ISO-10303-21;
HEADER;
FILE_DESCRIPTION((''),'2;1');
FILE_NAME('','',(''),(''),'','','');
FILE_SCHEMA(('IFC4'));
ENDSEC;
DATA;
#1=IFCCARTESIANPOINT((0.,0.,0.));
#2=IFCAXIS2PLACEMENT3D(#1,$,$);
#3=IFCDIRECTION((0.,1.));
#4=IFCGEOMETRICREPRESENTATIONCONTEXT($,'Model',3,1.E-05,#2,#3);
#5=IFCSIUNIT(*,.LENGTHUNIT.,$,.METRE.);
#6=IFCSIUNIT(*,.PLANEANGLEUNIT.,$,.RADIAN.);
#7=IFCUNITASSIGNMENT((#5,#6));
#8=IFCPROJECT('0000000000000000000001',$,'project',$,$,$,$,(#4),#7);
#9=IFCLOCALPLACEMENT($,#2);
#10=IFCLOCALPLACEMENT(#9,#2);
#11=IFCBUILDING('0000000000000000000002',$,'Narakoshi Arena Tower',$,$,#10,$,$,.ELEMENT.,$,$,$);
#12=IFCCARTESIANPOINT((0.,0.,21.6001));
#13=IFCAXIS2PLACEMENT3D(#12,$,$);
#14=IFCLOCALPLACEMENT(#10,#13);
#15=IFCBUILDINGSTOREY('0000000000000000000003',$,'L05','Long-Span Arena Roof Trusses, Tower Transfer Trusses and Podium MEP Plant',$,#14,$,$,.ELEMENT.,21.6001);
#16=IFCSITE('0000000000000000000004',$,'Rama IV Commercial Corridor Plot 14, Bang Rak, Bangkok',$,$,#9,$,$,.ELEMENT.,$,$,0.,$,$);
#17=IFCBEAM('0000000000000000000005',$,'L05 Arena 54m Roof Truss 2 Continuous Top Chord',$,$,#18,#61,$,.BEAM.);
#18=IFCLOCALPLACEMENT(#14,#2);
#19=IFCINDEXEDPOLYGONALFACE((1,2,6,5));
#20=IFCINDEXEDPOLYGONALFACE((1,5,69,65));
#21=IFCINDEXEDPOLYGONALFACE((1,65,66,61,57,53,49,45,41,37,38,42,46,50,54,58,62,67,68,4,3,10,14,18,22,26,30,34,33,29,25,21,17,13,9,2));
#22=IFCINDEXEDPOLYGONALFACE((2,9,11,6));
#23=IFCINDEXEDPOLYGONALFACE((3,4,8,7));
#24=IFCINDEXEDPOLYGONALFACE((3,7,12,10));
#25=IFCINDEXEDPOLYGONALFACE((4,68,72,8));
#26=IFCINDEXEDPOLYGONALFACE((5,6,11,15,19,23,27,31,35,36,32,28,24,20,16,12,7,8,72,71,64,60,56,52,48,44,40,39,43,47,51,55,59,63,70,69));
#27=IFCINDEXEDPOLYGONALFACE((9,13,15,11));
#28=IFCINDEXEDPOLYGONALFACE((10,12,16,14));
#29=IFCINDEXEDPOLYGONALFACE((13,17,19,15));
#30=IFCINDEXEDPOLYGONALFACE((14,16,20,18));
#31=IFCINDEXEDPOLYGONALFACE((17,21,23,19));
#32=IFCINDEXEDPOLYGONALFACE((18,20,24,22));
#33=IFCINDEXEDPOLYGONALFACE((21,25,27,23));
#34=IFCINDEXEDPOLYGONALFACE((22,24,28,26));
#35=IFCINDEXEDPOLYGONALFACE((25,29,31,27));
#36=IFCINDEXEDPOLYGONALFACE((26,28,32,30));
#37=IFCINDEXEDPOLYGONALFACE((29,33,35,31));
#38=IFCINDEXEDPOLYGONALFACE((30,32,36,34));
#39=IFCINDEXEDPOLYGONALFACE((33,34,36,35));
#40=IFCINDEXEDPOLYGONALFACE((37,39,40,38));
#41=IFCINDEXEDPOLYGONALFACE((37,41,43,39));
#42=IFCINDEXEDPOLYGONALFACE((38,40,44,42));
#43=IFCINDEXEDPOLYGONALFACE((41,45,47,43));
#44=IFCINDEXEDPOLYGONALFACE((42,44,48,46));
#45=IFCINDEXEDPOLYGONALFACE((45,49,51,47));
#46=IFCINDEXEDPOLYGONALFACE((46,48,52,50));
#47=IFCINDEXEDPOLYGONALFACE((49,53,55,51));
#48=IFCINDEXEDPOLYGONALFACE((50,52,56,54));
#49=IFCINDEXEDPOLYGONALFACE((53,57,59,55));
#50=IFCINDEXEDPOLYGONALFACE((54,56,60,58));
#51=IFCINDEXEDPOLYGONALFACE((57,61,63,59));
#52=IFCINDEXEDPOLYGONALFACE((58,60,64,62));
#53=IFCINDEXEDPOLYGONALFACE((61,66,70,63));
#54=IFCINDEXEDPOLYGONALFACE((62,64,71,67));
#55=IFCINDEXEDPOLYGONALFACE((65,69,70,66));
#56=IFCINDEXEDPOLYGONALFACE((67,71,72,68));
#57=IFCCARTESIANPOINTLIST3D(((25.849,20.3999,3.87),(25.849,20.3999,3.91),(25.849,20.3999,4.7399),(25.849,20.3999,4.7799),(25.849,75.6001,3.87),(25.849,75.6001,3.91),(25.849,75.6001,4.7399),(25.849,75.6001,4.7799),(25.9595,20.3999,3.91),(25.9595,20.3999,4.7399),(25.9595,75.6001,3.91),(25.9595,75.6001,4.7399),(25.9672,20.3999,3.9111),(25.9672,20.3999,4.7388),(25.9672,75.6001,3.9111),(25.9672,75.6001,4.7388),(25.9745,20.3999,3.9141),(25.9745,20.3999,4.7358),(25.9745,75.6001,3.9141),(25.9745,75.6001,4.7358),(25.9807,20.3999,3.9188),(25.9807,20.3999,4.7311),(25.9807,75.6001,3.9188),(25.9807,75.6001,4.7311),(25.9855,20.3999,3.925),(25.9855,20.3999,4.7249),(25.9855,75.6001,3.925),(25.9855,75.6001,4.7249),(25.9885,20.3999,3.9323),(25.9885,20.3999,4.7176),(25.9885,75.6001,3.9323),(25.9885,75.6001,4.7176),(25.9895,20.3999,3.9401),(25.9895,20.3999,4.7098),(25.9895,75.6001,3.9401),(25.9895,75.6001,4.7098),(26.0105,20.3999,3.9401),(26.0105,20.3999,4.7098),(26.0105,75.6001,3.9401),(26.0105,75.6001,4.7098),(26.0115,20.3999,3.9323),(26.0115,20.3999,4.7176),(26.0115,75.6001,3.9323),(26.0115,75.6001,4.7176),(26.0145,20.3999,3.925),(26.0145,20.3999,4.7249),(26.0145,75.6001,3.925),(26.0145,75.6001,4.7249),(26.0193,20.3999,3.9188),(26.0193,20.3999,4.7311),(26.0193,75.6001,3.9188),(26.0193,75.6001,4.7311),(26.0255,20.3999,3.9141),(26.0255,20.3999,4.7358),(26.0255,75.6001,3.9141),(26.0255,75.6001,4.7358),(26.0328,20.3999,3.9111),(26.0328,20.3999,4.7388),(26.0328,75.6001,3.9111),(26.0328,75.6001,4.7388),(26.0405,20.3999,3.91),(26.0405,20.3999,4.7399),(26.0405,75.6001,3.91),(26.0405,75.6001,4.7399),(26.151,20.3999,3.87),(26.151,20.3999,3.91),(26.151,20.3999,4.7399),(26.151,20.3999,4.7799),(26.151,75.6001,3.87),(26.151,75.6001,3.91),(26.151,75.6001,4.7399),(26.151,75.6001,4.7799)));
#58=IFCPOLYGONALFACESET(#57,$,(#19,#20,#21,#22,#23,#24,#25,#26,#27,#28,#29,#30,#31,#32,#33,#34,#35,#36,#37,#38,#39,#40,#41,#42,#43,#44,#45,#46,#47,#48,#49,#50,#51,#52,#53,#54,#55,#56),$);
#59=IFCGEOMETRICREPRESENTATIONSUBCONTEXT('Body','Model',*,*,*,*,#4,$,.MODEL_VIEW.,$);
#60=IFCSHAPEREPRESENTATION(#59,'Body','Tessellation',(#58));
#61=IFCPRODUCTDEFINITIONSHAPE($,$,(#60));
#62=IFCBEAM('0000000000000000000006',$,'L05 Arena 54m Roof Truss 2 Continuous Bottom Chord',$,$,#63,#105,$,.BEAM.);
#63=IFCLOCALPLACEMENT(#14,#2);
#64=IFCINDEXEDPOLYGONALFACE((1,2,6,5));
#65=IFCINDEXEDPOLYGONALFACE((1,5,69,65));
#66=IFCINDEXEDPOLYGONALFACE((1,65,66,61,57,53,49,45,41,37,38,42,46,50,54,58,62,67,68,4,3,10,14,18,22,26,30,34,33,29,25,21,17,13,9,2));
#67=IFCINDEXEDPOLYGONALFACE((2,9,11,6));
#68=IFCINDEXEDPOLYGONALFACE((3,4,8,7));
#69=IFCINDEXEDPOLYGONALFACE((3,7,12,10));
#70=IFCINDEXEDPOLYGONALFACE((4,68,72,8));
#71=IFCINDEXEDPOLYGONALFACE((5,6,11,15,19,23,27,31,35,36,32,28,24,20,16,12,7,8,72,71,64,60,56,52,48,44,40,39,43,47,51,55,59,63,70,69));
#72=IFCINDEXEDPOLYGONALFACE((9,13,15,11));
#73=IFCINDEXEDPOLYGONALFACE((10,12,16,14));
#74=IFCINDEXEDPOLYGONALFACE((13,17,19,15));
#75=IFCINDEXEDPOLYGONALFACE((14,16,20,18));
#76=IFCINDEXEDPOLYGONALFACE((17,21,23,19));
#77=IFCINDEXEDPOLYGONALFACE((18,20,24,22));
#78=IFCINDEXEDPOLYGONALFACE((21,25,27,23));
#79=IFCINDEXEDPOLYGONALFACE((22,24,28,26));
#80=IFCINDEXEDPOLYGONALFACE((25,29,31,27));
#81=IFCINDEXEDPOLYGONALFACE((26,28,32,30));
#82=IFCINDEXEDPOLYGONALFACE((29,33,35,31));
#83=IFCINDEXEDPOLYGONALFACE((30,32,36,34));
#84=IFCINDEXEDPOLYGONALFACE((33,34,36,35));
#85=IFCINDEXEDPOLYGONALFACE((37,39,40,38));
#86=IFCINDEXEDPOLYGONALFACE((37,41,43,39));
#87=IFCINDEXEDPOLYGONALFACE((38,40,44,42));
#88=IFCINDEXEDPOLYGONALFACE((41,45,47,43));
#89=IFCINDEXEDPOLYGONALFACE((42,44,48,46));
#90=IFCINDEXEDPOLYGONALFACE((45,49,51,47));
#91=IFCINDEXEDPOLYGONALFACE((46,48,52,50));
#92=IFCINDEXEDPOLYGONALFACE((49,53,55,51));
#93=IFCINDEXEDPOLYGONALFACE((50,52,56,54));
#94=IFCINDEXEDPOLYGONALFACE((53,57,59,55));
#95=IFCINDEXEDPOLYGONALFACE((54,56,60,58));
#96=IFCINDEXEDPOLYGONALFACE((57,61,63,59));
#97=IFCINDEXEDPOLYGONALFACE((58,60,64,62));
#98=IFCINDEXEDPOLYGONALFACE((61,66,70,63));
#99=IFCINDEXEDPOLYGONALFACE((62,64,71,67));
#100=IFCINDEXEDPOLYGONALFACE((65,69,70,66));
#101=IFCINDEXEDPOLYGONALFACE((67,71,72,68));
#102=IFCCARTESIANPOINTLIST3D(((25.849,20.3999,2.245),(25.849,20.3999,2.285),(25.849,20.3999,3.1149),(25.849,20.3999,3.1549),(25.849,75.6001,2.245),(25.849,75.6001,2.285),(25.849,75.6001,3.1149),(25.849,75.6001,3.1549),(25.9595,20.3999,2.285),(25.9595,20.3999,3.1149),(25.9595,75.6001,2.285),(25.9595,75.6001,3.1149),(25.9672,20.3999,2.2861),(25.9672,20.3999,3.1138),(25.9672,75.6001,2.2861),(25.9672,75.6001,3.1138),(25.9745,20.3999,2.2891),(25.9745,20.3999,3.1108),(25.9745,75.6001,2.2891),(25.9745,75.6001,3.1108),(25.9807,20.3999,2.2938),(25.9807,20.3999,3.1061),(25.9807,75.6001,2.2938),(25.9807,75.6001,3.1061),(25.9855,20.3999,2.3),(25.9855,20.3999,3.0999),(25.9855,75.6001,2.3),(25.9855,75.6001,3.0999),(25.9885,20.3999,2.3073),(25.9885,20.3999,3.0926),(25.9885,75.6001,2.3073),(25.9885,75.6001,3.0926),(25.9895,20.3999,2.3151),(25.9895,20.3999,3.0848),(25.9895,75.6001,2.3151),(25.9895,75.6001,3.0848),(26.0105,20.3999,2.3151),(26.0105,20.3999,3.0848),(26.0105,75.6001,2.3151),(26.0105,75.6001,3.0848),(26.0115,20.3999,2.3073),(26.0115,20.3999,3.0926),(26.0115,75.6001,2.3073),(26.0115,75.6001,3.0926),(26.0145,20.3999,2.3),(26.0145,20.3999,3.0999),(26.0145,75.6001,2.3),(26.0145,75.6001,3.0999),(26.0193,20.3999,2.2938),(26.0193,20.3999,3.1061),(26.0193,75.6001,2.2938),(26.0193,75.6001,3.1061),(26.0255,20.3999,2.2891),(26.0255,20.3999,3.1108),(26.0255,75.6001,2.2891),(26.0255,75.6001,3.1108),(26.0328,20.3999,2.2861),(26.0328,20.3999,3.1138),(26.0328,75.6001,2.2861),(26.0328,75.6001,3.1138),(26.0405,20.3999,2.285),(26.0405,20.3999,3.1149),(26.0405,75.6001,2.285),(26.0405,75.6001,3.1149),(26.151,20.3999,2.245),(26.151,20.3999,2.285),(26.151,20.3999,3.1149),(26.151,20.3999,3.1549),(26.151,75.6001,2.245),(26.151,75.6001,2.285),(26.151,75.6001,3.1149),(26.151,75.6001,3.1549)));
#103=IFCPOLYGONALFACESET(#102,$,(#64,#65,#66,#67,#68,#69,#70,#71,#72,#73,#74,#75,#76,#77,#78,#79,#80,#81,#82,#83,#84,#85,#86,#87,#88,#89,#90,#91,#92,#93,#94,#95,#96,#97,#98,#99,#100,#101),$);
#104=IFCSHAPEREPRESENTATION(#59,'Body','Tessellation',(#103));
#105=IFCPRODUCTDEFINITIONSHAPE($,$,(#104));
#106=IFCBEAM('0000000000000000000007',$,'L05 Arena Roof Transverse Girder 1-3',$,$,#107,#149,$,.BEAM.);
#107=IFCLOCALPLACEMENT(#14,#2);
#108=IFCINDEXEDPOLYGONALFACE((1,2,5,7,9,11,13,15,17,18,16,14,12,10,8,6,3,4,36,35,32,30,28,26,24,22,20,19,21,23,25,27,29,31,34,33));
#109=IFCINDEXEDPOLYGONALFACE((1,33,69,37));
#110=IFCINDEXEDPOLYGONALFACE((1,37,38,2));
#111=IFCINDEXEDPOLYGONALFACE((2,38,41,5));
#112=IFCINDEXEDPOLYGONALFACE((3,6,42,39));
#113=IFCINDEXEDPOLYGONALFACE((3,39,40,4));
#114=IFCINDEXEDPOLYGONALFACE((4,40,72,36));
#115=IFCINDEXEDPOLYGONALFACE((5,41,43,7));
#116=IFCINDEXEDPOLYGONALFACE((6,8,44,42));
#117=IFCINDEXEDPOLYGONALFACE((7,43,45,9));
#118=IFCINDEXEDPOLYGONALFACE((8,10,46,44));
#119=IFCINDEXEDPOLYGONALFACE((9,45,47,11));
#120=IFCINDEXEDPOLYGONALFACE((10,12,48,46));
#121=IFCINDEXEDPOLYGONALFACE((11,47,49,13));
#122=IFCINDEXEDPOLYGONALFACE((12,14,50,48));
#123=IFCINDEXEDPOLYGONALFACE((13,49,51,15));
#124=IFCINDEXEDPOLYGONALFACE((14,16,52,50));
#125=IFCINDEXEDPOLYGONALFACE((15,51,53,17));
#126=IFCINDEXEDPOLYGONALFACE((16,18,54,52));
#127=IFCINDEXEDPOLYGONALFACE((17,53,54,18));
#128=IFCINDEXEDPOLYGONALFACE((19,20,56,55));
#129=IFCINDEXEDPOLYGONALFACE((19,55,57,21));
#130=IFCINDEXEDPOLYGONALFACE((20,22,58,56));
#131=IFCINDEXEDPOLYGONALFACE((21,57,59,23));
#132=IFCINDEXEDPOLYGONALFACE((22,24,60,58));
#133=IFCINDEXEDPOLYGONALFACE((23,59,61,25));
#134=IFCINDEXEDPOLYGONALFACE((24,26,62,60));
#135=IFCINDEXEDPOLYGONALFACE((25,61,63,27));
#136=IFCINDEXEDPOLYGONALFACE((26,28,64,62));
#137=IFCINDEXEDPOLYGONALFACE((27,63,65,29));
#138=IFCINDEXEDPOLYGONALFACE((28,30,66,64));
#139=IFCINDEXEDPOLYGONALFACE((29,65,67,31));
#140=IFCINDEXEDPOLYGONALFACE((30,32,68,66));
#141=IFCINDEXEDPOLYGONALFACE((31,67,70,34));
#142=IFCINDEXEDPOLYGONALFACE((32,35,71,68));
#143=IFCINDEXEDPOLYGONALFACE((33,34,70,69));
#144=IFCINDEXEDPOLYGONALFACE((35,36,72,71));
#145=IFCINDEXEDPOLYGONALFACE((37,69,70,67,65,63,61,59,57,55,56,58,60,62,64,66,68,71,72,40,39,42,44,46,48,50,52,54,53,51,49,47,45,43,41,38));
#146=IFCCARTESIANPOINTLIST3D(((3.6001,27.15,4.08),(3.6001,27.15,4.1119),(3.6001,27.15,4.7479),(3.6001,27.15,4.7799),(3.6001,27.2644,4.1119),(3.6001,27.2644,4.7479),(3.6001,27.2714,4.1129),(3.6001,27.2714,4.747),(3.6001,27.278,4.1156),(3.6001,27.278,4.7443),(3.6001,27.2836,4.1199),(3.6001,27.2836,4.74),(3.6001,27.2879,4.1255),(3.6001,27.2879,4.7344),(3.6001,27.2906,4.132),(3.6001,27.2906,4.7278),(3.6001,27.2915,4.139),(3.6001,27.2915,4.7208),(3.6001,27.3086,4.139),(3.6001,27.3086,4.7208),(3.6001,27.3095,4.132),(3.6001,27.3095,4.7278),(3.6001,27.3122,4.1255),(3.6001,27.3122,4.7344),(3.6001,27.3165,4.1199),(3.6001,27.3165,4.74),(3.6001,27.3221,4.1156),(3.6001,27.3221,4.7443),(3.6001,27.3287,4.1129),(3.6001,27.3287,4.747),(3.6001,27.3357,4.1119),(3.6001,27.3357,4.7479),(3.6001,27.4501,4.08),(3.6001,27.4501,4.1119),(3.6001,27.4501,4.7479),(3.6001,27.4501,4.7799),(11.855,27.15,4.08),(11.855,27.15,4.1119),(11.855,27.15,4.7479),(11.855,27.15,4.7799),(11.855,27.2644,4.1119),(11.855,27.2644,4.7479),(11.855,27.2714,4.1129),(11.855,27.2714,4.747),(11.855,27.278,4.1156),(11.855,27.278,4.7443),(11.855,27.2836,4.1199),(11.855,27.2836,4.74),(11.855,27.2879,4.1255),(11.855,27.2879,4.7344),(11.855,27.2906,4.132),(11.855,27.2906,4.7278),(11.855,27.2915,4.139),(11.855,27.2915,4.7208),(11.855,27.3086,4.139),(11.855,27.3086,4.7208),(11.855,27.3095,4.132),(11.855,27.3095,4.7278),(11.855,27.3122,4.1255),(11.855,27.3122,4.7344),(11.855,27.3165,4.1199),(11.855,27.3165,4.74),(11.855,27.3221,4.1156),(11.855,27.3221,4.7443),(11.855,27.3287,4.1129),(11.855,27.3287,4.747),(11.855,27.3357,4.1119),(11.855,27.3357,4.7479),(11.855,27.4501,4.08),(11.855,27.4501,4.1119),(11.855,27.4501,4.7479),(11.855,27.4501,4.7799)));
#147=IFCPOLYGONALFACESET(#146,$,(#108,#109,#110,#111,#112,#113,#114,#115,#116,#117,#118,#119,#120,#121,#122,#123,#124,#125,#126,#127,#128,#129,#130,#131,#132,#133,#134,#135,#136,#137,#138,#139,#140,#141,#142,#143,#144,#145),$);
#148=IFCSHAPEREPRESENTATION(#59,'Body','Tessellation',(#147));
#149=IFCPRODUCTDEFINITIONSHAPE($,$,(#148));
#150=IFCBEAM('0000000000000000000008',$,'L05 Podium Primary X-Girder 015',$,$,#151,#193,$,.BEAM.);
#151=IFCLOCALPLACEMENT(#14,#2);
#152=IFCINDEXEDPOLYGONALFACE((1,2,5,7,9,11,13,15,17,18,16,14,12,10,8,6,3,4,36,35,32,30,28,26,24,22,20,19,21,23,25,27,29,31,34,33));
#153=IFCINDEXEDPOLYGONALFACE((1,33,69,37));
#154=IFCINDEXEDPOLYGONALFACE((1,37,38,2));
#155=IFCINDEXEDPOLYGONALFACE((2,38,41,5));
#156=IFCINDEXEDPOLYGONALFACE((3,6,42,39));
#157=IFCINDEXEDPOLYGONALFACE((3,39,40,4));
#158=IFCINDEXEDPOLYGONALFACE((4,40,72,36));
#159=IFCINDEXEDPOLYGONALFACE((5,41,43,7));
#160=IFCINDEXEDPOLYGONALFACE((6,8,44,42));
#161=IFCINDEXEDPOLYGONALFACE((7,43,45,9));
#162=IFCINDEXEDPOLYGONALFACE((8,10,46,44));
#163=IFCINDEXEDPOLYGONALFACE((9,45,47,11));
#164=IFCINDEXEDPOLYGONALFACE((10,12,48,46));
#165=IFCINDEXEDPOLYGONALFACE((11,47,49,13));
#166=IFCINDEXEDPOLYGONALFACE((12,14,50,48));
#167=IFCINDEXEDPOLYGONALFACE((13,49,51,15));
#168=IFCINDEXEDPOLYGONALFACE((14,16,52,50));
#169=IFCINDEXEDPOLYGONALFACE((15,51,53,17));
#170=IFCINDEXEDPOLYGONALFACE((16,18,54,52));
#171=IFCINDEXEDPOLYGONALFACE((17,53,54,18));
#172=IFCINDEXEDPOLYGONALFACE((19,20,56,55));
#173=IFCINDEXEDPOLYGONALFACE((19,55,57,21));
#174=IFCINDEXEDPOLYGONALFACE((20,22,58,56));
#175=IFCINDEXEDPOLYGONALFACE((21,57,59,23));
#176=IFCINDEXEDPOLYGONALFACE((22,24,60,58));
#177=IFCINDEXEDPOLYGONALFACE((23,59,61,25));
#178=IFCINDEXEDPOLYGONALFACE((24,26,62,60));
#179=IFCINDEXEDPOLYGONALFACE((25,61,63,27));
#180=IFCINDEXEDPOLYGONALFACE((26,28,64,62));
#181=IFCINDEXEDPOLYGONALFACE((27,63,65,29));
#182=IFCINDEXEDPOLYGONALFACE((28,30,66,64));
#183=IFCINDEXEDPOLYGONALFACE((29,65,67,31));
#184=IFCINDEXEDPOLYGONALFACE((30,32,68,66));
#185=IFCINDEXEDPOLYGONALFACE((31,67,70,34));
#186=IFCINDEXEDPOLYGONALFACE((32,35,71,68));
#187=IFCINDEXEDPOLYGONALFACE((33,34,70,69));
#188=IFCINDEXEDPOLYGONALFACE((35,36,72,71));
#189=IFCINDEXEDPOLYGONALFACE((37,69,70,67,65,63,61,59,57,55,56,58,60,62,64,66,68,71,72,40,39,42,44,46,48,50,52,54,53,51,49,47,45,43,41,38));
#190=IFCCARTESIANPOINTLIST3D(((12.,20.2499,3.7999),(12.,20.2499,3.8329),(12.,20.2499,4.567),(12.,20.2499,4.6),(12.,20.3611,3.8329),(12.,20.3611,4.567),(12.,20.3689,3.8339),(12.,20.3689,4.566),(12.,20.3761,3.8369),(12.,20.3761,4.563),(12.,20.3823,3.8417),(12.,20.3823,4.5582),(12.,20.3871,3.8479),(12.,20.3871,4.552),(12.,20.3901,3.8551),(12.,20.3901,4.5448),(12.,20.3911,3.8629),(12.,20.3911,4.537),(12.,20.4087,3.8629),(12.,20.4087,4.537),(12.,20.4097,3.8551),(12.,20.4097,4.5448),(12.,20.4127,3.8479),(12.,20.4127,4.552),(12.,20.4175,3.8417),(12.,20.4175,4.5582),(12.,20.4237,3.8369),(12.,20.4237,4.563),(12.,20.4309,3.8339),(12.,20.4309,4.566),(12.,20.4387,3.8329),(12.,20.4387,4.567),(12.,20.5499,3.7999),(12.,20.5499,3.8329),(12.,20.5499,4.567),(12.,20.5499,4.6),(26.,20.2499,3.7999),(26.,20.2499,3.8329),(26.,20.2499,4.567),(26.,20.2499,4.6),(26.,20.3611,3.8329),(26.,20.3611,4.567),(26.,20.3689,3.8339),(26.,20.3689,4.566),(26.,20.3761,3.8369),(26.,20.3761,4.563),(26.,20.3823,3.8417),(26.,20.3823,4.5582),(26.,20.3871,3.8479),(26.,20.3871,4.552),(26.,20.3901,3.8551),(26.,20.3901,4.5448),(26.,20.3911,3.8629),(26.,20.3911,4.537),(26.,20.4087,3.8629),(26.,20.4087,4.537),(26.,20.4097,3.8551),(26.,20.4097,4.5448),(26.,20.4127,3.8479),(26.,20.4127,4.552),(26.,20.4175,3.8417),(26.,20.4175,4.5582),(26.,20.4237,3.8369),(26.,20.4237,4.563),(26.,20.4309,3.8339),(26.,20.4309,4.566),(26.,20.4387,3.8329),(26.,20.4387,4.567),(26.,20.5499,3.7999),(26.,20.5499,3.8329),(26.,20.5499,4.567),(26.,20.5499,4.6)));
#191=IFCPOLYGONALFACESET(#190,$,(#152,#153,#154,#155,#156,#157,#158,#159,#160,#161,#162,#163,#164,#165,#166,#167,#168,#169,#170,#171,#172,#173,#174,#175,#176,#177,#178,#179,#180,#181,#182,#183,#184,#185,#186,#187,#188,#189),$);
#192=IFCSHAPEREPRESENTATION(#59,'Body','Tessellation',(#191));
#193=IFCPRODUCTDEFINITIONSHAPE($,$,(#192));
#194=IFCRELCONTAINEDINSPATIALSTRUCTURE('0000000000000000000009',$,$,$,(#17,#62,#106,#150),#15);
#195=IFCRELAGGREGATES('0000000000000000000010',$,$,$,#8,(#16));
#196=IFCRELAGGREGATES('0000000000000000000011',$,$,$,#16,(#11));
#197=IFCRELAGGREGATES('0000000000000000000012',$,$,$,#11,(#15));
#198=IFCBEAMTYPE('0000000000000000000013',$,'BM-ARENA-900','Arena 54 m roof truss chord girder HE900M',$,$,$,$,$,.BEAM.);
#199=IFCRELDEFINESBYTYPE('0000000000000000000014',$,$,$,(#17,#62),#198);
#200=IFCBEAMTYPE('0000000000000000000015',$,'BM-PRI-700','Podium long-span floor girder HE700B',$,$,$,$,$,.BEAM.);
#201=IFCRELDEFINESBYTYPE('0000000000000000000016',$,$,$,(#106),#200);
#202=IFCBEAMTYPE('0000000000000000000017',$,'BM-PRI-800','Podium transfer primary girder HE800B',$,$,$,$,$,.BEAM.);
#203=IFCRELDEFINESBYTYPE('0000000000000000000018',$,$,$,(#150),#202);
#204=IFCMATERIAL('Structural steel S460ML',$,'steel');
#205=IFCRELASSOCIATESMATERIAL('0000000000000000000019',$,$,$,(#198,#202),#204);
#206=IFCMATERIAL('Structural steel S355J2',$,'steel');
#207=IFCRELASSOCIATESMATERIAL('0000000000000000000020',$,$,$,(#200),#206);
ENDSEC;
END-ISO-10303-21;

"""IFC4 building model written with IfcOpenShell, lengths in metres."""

from ifc_helpers import new_model, si_unit, direction, frame, origin, origin_2d, place, context, subcontext, project, spatial, i_section, extrude, material, material_profile, profile_set, type_object, element, save


model = new_model("IFC4")

# Units and contexts
model_context = context("Model", 3, precision=1e-05, world=origin(), true_north=direction((0.0, 1.0)))
body_context = subcontext(model_context, "Body", "Model", "MODEL_VIEW")
ifc_project = project(units=[si_unit("LENGTHUNIT", "METRE"), si_unit("PLANEANGLEUNIT", "RADIAN")], contexts=[model_context])

# Site, building, storey
site_placement = place(None, origin())
site = spatial("IfcSite", under=ifc_project, at=site_placement, Name="Rama IV Commercial Corridor Plot 14, Bang Rak, Bangkok", CompositionType="ELEMENT", RefElevation=0.0)
building_placement = place(site_placement, origin())
building = spatial("IfcBuilding", under=site, at=building_placement, Name="Narakoshi Arena Tower", CompositionType="ELEMENT")
storey_placement = place(building_placement, frame((0.0, 0.0, 21.6001)))
storey = spatial("IfcBuildingStorey", under=building, at=storey_placement, Name="L05", Description="Long-Span Arena Roof Trusses, Tower Transfer Trusses and Podium MEP Plant", CompositionType="ELEMENT", Elevation=21.6001)

# Shared definitions
ifc_material_1 = material(Name="Structural steel S355J2", Category="steel")

# Beams
ifc_material_2 = material(Name="Structural steel S460ML", Category="steel")
ifc_material_profile_1 = material_profile(ifc_material_2, i_section(OverallWidth=0.302, OverallDepth=0.9099, WebThickness=0.021, FlangeThickness=0.04, FilletRadius=0.03, at=origin_2d()), Name="HE900M")
ifc_profile_set_1 = profile_set([ifc_material_profile_1], Name="Structural steel S460ML")
beam_type_1 = type_object("IfcBeamType", Name="BM-ARENA-900", Description="Arena 54 m roof truss chord girder HE900M", PredefinedType="BEAM", material=ifc_profile_set_1)
for number, where, z_axis, x_axis, name in (
    (1, (26.0, 20.3999, 4.325), (0.0, 1.0, 0.0), (-1.0, 0.0, 0.0), "L05 Arena 54m Roof Truss 2 Continuous Top Chord"),
    (2, (26.0, 20.3999, 2.7), (0.0, 1.0, 0.0), (-1.0, 0.0, 0.0), "L05 Arena 54m Roof Truss 2 Continuous Bottom Chord"),
):
    element("IfcBeam", number, at=place(storey_placement, frame(where, z_axis=z_axis, x_axis=x_axis)), inside=storey, type_object=beam_type_1, Name=name, PredefinedType="BEAM", context=body_context, shape_type="SweptSolid", body=[
        extrude(i_section(OverallWidth=0.302, OverallDepth=0.9099, WebThickness=0.021, FlangeThickness=0.04, FilletRadius=0.03, at=origin_2d()), origin(), (0.0, 0.0, 1.0), 55.2002),
    ])
ifc_material_profile_2 = material_profile(ifc_material_1, i_section(OverallWidth=0.3, OverallDepth=0.7, WebThickness=0.0171, FlangeThickness=0.032, FilletRadius=0.0271, at=origin_2d()), Name="HE700B")
ifc_profile_set_2 = profile_set([ifc_material_profile_2], Name="Structural steel S355J2")
beam_type_2 = type_object("IfcBeamType", Name="BM-PRI-700", Description="Podium long-span floor girder HE700B", PredefinedType="BEAM", material=ifc_profile_set_2)
beam_1_placement = place(storey_placement, frame((3.6001, 27.3, 4.4299), z_axis=(1.0, 0.0, 0.0), x_axis=(0.0, 1.0, 0.0)))
element("IfcBeam", 3, at=beam_1_placement, inside=storey, type_object=beam_type_2, Name="L05 Arena Roof Transverse Girder 1-3", PredefinedType="BEAM", context=body_context, shape_type="SweptSolid", body=[
    extrude(i_section(OverallWidth=0.3, OverallDepth=0.7, WebThickness=0.0171, FlangeThickness=0.032, FilletRadius=0.0271, at=origin_2d()), origin(), (0.0, 0.0, 1.0), 8.2549),
])
ifc_material_profile_3 = material_profile(ifc_material_2, i_section(OverallWidth=0.3, OverallDepth=0.8, WebThickness=0.0176, FlangeThickness=0.033, FilletRadius=0.03, at=origin_2d()), Name="HE800B")
ifc_profile_set_3 = profile_set([ifc_material_profile_3], Name="Structural steel S460ML")
beam_type_3 = type_object("IfcBeamType", Name="BM-PRI-800", Description="Podium transfer primary girder HE800B", PredefinedType="BEAM", material=ifc_profile_set_3)
for number, where, z_axis, x_axis, name in (
    (4, (12.0, 20.3999, 4.2), (1.0, 0.0, 0.0), (0.0, 1.0, 0.0), "L05 Podium Primary X-Girder 015"),
):
    element("IfcBeam", number, at=place(storey_placement, frame(where, z_axis=z_axis, x_axis=x_axis)), inside=storey, type_object=beam_type_3, Name=name, PredefinedType="BEAM", context=body_context, shape_type="SweptSolid", body=[
        extrude(i_section(OverallWidth=0.3, OverallDepth=0.8, WebThickness=0.0176, FlangeThickness=0.033, FilletRadius=0.03, at=origin_2d()), origin(), (0.0, 0.0, 1.0), 14.0),
    ])

save(model, "model.ifc")
